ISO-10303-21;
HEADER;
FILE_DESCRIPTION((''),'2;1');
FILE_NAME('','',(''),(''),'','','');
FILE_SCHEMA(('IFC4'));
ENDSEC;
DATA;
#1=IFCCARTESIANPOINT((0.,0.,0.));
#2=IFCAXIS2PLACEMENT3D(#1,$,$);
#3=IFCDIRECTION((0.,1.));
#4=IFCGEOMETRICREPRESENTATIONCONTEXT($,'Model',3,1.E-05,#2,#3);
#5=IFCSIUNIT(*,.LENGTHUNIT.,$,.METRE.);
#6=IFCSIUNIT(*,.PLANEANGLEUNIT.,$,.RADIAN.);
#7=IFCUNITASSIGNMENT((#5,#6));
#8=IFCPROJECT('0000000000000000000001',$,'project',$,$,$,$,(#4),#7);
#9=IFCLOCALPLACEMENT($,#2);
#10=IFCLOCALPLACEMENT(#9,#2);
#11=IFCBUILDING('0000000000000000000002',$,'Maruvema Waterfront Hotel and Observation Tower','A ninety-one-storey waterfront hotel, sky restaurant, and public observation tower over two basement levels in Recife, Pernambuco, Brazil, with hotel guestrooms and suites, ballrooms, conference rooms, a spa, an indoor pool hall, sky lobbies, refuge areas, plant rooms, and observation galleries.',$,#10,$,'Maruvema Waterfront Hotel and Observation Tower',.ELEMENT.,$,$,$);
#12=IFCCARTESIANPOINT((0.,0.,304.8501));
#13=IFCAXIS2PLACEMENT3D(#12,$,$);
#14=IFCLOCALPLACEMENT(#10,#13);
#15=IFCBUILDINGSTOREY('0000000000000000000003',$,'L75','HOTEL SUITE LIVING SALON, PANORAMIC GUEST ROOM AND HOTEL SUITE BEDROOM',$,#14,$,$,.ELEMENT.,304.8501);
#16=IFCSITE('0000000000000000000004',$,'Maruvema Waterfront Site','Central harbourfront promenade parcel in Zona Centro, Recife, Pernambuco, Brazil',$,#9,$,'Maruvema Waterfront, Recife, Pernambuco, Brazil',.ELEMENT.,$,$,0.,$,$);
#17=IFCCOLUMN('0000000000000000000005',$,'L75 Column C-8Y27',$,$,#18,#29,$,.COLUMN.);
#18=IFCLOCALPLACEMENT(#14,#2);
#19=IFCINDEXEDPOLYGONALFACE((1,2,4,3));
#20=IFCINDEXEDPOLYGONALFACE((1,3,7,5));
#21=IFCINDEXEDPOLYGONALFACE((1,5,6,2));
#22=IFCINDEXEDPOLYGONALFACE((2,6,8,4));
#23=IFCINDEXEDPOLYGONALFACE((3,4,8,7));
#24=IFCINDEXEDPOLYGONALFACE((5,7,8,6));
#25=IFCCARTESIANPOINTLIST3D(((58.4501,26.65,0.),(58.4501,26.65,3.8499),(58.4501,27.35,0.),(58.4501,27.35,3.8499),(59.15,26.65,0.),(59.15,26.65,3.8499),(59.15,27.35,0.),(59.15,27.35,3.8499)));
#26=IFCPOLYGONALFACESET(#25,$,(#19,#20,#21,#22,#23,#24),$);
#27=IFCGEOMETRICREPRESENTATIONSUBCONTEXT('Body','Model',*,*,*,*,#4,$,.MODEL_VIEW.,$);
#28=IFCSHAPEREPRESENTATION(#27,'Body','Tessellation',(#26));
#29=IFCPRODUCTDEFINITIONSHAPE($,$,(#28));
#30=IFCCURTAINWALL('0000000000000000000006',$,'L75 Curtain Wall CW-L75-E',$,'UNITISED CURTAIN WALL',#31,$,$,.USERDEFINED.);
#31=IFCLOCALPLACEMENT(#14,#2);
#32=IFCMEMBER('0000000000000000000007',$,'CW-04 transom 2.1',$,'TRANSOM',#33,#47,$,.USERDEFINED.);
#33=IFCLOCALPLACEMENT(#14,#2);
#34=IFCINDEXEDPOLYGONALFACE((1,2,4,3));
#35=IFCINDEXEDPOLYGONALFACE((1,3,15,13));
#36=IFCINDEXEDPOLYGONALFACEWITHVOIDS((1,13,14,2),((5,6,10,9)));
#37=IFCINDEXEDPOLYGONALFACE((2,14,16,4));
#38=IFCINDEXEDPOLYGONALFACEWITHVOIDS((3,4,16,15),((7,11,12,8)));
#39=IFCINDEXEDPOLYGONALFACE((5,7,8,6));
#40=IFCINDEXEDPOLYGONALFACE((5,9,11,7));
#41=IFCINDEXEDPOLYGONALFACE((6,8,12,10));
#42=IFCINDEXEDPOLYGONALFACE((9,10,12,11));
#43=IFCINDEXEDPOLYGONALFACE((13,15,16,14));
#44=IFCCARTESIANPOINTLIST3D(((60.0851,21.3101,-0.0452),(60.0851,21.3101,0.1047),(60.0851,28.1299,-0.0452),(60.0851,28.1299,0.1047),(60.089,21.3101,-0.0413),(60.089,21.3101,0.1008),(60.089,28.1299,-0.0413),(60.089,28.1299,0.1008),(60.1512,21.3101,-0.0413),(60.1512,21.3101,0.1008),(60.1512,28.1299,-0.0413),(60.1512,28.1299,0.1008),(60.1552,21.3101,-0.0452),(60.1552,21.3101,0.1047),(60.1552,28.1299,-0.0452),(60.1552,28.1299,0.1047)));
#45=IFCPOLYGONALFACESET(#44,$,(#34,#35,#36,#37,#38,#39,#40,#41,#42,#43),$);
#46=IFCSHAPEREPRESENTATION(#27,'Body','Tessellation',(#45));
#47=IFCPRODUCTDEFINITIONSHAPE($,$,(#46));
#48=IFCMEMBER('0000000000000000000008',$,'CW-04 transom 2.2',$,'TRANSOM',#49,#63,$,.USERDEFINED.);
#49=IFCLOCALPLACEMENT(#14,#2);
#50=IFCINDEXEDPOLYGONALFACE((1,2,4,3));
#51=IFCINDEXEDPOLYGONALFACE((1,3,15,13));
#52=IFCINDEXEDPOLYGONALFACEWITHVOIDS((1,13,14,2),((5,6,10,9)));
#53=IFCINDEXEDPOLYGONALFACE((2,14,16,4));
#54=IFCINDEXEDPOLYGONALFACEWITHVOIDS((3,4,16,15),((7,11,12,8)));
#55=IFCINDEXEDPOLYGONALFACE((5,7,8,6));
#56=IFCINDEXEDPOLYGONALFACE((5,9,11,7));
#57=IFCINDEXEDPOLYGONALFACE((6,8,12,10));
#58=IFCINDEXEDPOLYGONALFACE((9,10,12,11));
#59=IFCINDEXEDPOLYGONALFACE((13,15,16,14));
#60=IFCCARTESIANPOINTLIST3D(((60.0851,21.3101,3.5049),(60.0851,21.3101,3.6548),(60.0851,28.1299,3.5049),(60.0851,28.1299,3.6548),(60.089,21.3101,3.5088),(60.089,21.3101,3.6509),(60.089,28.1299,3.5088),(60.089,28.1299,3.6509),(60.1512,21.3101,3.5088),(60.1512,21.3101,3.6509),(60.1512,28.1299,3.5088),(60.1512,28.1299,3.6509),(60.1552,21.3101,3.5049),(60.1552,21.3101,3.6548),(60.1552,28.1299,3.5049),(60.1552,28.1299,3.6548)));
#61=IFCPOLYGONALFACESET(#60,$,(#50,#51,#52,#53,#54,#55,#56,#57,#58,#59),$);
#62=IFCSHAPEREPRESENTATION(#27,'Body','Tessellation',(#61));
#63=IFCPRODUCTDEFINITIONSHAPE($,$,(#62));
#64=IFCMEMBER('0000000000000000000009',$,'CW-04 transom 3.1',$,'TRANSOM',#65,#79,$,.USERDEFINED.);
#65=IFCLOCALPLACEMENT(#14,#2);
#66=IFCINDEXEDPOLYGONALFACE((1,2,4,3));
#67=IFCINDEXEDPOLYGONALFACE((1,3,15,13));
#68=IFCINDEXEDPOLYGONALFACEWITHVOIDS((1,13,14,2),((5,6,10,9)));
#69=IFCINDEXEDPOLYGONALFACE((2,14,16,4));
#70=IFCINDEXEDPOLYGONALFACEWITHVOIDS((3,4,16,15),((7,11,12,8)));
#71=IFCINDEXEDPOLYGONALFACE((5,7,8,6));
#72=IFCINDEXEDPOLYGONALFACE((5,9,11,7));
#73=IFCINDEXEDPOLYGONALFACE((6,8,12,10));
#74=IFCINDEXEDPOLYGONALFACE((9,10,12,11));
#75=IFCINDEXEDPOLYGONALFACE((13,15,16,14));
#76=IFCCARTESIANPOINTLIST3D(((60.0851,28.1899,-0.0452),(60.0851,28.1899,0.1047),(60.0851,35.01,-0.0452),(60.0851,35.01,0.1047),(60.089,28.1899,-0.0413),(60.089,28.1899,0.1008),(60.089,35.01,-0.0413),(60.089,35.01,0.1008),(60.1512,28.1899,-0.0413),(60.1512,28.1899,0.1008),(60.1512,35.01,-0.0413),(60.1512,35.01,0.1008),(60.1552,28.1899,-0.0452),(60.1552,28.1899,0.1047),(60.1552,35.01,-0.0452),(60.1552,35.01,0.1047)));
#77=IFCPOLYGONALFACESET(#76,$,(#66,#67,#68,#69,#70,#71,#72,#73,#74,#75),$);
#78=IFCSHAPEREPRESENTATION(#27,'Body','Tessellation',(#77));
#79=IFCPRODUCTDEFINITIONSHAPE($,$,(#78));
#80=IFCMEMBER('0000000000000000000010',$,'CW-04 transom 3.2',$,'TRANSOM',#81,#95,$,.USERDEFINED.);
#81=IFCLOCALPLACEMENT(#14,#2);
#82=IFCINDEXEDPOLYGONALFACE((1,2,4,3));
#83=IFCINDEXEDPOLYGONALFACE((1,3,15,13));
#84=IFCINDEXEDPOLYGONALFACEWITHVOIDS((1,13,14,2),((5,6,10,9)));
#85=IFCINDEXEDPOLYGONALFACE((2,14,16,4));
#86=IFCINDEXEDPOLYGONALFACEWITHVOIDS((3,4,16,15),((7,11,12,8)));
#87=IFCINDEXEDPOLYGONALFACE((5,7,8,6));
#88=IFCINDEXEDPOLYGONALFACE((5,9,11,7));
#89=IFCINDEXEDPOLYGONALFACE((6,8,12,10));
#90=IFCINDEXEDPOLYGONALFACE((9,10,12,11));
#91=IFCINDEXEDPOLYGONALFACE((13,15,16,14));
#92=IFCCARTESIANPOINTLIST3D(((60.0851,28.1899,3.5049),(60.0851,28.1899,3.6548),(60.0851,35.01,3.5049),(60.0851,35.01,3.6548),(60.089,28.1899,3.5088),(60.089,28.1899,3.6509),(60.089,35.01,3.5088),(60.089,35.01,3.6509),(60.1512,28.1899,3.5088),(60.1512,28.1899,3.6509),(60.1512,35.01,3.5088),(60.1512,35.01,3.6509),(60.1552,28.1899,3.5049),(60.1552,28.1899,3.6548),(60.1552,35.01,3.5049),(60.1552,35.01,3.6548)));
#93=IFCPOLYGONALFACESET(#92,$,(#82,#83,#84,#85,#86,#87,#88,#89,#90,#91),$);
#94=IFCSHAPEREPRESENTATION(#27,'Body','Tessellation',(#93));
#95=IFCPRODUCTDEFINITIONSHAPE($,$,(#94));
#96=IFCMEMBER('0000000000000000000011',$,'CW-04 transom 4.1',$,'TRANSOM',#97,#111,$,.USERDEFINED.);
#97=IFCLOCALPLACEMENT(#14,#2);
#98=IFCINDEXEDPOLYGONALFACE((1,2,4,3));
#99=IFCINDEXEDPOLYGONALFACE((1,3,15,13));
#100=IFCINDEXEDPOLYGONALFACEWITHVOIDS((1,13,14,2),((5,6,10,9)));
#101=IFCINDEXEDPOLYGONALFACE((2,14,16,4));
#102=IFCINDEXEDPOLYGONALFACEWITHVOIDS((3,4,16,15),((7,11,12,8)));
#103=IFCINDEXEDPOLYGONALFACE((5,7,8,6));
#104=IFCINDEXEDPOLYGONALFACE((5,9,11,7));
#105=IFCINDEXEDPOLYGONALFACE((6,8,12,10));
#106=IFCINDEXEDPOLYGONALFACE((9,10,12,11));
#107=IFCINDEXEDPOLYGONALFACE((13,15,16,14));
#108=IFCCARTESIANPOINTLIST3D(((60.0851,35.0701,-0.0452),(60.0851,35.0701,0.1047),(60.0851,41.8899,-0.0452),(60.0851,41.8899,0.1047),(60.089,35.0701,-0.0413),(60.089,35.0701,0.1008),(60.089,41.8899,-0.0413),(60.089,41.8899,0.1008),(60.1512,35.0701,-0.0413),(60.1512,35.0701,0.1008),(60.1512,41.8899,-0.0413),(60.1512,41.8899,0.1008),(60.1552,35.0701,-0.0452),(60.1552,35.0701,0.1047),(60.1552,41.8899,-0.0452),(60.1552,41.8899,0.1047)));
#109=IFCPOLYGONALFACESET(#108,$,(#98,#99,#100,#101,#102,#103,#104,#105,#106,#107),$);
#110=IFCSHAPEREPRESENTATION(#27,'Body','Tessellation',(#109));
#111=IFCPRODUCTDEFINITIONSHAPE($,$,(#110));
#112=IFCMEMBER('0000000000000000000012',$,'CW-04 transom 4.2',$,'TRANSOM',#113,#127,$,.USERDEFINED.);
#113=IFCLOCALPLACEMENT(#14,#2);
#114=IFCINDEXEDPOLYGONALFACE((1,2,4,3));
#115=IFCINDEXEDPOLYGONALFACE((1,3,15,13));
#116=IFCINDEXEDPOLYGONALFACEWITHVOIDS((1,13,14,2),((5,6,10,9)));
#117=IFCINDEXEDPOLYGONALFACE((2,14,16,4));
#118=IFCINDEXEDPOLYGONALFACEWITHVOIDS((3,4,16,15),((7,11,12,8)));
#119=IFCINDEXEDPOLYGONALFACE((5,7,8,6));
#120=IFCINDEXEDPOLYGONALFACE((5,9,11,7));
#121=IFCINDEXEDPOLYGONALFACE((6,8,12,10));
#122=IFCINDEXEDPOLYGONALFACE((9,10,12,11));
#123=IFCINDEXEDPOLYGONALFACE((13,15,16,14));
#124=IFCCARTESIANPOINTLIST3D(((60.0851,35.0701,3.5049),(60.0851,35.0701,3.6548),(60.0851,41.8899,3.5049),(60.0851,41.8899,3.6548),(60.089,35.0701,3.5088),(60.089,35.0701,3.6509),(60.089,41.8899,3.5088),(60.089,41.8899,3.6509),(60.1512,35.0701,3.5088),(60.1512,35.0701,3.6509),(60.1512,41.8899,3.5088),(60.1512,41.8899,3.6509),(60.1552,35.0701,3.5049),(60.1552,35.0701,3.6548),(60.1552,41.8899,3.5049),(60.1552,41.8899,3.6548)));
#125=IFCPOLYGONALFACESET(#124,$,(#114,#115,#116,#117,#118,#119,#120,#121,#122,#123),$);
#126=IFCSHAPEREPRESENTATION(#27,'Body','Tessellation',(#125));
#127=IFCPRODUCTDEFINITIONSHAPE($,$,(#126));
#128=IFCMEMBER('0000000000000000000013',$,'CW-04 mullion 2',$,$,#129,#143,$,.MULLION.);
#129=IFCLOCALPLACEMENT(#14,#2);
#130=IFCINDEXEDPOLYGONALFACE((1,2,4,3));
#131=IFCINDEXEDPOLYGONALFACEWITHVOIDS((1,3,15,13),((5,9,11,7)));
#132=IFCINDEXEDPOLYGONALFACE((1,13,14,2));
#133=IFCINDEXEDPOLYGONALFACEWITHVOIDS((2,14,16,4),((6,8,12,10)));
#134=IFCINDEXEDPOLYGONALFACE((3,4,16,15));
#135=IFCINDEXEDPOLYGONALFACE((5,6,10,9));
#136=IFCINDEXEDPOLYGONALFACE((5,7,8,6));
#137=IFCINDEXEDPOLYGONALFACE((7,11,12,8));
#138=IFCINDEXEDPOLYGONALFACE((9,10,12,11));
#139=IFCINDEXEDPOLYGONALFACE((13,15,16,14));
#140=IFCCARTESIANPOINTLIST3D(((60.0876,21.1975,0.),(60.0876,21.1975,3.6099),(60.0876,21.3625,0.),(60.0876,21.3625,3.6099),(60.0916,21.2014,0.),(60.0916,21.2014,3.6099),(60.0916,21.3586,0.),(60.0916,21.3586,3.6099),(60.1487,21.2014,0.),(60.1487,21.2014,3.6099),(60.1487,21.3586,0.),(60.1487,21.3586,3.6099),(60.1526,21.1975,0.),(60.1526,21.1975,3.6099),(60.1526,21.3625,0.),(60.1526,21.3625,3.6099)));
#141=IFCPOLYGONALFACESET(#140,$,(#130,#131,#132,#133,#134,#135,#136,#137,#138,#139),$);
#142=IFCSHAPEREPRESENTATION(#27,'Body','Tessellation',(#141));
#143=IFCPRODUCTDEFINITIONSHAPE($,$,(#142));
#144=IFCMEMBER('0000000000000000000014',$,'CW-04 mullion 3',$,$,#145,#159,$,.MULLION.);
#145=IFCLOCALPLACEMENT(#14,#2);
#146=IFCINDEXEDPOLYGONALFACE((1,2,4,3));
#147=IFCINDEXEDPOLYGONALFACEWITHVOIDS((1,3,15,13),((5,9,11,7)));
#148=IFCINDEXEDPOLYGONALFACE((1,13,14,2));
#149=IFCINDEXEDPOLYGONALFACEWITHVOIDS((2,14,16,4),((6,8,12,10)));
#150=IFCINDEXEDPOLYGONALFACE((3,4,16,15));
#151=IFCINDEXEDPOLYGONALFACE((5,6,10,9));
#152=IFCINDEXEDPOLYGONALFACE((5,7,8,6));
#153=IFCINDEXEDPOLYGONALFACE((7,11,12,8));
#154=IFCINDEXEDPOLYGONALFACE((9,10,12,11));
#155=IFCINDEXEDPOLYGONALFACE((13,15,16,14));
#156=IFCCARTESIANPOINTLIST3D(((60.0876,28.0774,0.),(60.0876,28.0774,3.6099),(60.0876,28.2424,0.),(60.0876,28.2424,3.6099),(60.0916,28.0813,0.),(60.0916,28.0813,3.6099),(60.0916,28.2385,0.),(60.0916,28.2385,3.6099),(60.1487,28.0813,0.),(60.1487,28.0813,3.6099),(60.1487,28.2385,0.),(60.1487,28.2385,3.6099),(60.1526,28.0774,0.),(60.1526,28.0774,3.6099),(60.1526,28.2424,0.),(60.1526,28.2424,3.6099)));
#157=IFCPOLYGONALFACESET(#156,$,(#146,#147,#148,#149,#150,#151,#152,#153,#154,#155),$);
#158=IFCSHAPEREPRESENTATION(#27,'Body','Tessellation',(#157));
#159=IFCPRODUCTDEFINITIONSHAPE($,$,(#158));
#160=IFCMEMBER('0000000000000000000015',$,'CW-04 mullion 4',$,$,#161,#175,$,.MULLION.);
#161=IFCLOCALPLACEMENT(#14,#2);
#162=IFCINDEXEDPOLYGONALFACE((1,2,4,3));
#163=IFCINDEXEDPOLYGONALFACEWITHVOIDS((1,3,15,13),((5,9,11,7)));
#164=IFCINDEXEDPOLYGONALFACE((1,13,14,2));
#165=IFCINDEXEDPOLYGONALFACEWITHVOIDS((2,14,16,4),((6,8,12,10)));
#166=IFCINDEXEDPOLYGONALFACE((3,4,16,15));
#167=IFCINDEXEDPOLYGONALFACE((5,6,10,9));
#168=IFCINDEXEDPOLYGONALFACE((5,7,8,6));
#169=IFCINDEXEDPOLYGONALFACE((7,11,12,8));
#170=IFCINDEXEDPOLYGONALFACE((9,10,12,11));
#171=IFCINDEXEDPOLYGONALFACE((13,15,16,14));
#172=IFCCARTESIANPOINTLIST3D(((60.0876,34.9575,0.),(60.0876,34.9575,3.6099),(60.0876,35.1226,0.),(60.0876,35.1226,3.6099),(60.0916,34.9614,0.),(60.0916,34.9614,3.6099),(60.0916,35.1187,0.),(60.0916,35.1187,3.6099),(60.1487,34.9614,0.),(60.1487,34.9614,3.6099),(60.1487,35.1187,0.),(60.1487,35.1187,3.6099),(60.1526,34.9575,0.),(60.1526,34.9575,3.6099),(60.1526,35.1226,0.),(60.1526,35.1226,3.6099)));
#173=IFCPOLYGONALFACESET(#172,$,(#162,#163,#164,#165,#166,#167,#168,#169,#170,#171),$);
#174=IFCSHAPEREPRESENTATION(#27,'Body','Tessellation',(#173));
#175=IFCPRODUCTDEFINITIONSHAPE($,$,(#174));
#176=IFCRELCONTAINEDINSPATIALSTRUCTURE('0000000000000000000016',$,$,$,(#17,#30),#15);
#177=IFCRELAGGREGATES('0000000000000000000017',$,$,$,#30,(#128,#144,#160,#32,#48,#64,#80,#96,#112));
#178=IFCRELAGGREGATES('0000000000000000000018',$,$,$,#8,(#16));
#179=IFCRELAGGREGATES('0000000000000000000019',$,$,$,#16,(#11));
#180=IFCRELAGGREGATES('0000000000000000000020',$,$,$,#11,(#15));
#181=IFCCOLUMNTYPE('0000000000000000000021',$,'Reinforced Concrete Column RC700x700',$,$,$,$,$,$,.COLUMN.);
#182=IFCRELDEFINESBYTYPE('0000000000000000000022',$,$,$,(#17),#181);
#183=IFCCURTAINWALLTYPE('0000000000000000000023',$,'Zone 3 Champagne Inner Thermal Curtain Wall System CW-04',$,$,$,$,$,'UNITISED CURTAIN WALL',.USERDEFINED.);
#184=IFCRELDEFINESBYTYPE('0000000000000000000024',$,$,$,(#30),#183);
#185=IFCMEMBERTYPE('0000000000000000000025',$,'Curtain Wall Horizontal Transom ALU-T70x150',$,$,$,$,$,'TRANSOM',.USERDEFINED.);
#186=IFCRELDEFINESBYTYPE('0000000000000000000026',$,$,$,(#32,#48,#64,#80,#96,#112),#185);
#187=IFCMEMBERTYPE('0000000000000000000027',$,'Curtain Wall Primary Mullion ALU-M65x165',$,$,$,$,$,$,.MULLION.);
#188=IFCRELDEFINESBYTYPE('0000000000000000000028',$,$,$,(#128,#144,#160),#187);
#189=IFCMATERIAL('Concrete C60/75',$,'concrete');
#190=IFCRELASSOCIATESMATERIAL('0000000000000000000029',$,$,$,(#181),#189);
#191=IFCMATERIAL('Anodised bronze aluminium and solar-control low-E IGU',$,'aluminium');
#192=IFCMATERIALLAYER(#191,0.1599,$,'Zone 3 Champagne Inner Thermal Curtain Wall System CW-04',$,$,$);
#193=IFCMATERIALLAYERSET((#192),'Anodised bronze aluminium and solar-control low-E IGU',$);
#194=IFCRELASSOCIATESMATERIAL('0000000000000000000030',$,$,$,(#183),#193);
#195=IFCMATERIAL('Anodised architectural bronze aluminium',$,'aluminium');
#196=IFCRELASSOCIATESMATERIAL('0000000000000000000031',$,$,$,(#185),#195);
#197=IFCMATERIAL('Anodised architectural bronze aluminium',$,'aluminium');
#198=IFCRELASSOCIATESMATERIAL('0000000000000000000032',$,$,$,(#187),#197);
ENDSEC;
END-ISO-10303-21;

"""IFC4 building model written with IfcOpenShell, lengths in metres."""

from ifc_helpers import new_model, si_unit, direction, frame, origin, origin_2d, place, context, subcontext, project, spatial, rectangle, hollow_rectangle, extrude, material, layer, layer_set, material_profile, profile_set, type_object, element, aggregate, save


model = new_model("IFC4")

# Units and contexts
model_context = context("Model", 3, precision=1e-05, world=origin(), true_north=direction((0.0, 1.0)))
body_context = subcontext(model_context, "Body", "Model", "MODEL_VIEW")
ifc_project = project(units=[si_unit("LENGTHUNIT", "METRE"), si_unit("PLANEANGLEUNIT", "RADIAN")], contexts=[model_context])

# Site, building, storey
site_placement = place(None, origin())
site = spatial("IfcSite", under=ifc_project, at=site_placement, Name="Maruvema Waterfront Site", Description="Central harbourfront promenade parcel in Zona Centro, Recife, Pernambuco, Brazil", LongName="Maruvema Waterfront, Recife, Pernambuco, Brazil", CompositionType="ELEMENT", RefElevation=0.0)
building_placement = place(site_placement, origin())
building = spatial("IfcBuilding", under=site, at=building_placement, Name="Maruvema Waterfront Hotel and Observation Tower", Description="A ninety-one-storey waterfront hotel, sky restaurant, and public observation tower over two basement levels in Recife, Pernambuco, Brazil, with hotel guestrooms and suites, ballrooms, conference rooms, a spa, an indoor pool hall, sky lobbies, refuge areas, plant rooms, and observation galleries.", LongName="Maruvema Waterfront Hotel and Observation Tower", CompositionType="ELEMENT")
storey_placement = place(building_placement, frame((0.0, 0.0, 304.8501)))
storey = spatial("IfcBuildingStorey", under=building, at=storey_placement, Name="L75", Description="HOTEL SUITE LIVING SALON, PANORAMIC GUEST ROOM AND HOTEL SUITE BEDROOM", CompositionType="ELEMENT", Elevation=304.8501)

# Column
ifc_material_1 = material(Name="Concrete C60/75", Category="concrete")
ifc_material_profile_1 = material_profile(ifc_material_1, rectangle(XDim=0.7, YDim=0.7, at=origin_2d()), Name="RC700x700")
ifc_profile_set_1 = profile_set([ifc_material_profile_1], Name="Concrete C60/75")
column_type = type_object("IfcColumnType", Name="Reinforced Concrete Column RC700x700", PredefinedType="COLUMN", material=ifc_profile_set_1)
column_placement = place(storey_placement, frame((58.8, 27.0, 0.0), z_axis=(0.0, 0.0, 1.0), x_axis=(1.0, 0.0, 0.0)))
element("IfcColumn", 1, at=column_placement, inside=storey, type_object=column_type, Name="L75 Column C-8Y27", PredefinedType="COLUMN", context=body_context, shape_type="SweptSolid", body=[
    extrude(rectangle(XDim=0.7, YDim=0.7, at=origin_2d()), origin(), (0.0, 0.0, 1.0), 3.8499),
])

# Curtain wall, members
ifc_material_2 = material(Name="Anodised bronze aluminium and solar-control low-E IGU", Category="aluminium")
ifc_layer_1 = layer(ifc_material_2, 0.1599, Name="Zone 3 Champagne Inner Thermal Curtain Wall System CW-04")
ifc_layer_set_1 = layer_set([ifc_layer_1], Name="Anodised bronze aluminium and solar-control low-E IGU")
curtain_wall_type = type_object("IfcCurtainWallType", Name="Zone 3 Champagne Inner Thermal Curtain Wall System CW-04", ElementType="UNITISED CURTAIN WALL", PredefinedType="USERDEFINED", material=ifc_layer_set_1)
curtain_wall_placement = place(storey_placement, origin())
curtain_wall = element("IfcCurtainWall", 2, at=curtain_wall_placement, inside=storey, type_object=curtain_wall_type, Name="L75 Curtain Wall CW-L75-E", ObjectType="UNITISED CURTAIN WALL", PredefinedType="USERDEFINED")
ifc_material_3 = material(Name="Anodised architectural bronze aluminium", Category="aluminium")
ifc_material_profile_2 = material_profile(ifc_material_3, hollow_rectangle(XDim=0.0701, YDim=0.1499, WallThickness=0.0039, at=origin_2d()), Name="ALU-T70x150")
ifc_profile_set_2 = profile_set([ifc_material_profile_2], Name="Anodised architectural bronze aluminium")
member_type_1 = type_object("IfcMemberType", Name="Curtain Wall Horizontal Transom ALU-T70x150", ElementType="TRANSOM", PredefinedType="USERDEFINED", material=ifc_profile_set_2)
member_1_placement = place(storey_placement, frame((60.1201, 21.3101, 0.0298), z_axis=(0.0, 1.0, 0.0), x_axis=(-1.0, 0.0, 0.0)))
member_1 = element("IfcMember", 3, at=member_1_placement, type_object=member_type_1, Name="CW-04 transom 2.1", ObjectType="TRANSOM", PredefinedType="USERDEFINED", context=body_context, shape_type="SweptSolid", body=[
    extrude(hollow_rectangle(XDim=0.0701, YDim=0.1499, WallThickness=0.0039, at=origin_2d()), origin(), (0.0, 0.0, 1.0), 6.8198),
])
member_2_placement = place(storey_placement, frame((60.1201, 21.3101, 3.5798), z_axis=(0.0, 1.0, 0.0), x_axis=(-1.0, 0.0, 0.0)))
member_2 = element("IfcMember", 4, at=member_2_placement, type_object=member_type_1, Name="CW-04 transom 2.2", ObjectType="TRANSOM", PredefinedType="USERDEFINED", context=body_context, shape_type="SweptSolid", body=[
    extrude(hollow_rectangle(XDim=0.0701, YDim=0.1499, WallThickness=0.0039, at=origin_2d()), origin(), (0.0, 0.0, 1.0), 6.8198),
])
member_3_placement = place(storey_placement, frame((60.1201, 28.1899, 0.0298), z_axis=(0.0, 1.0, 0.0), x_axis=(-1.0, 0.0, 0.0)))
member_3 = element("IfcMember", 5, at=member_3_placement, type_object=member_type_1, Name="CW-04 transom 3.1", ObjectType="TRANSOM", PredefinedType="USERDEFINED", context=body_context, shape_type="SweptSolid", body=[
    extrude(hollow_rectangle(XDim=0.0701, YDim=0.1499, WallThickness=0.0039, at=origin_2d()), origin(), (0.0, 0.0, 1.0), 6.8201),
])
member_4_placement = place(storey_placement, frame((60.1201, 28.1899, 3.5798), z_axis=(0.0, 1.0, 0.0), x_axis=(-1.0, 0.0, 0.0)))
member_4 = element("IfcMember", 6, at=member_4_placement, type_object=member_type_1, Name="CW-04 transom 3.2", ObjectType="TRANSOM", PredefinedType="USERDEFINED", context=body_context, shape_type="SweptSolid", body=[
    extrude(hollow_rectangle(XDim=0.0701, YDim=0.1499, WallThickness=0.0039, at=origin_2d()), origin(), (0.0, 0.0, 1.0), 6.8201),
])
member_5_placement = place(storey_placement, frame((60.1201, 35.0701, 0.0298), z_axis=(0.0, 1.0, 0.0), x_axis=(-1.0, 0.0, 0.0)))
member_5 = element("IfcMember", 7, at=member_5_placement, type_object=member_type_1, Name="CW-04 transom 4.1", ObjectType="TRANSOM", PredefinedType="USERDEFINED", context=body_context, shape_type="SweptSolid", body=[
    extrude(hollow_rectangle(XDim=0.0701, YDim=0.1499, WallThickness=0.0039, at=origin_2d()), origin(), (0.0, 0.0, 1.0), 6.8198),
])
member_6_placement = place(storey_placement, frame((60.1201, 35.0701, 3.5798), z_axis=(0.0, 1.0, 0.0), x_axis=(-1.0, 0.0, 0.0)))
member_6 = element("IfcMember", 8, at=member_6_placement, type_object=member_type_1, Name="CW-04 transom 4.2", ObjectType="TRANSOM", PredefinedType="USERDEFINED", context=body_context, shape_type="SweptSolid", body=[
    extrude(hollow_rectangle(XDim=0.0701, YDim=0.1499, WallThickness=0.0039, at=origin_2d()), origin(), (0.0, 0.0, 1.0), 6.8198),
])
ifc_material_4 = material(Name="Anodised architectural bronze aluminium", Category="aluminium")
ifc_material_profile_3 = material_profile(ifc_material_4, hollow_rectangle(XDim=0.0649, YDim=0.165, WallThickness=0.0039, at=origin_2d()), Name="ALU-M65x165")
ifc_profile_set_3 = profile_set([ifc_material_profile_3], Name="Anodised architectural bronze aluminium")
member_type_2 = type_object("IfcMemberType", Name="Curtain Wall Primary Mullion ALU-M65x165", PredefinedType="MULLION", material=ifc_profile_set_3)
member_7_placement = place(storey_placement, frame((60.1201, 21.28, 0.0), z_axis=(0.0, 0.0, 1.0), x_axis=(-1.0, 0.0, 0.0)))
member_7 = element("IfcMember", 9, at=member_7_placement, type_object=member_type_2, Name="CW-04 mullion 2", PredefinedType="MULLION", context=body_context, shape_type="SweptSolid", body=[
    extrude(hollow_rectangle(XDim=0.0649, YDim=0.165, WallThickness=0.0039, at=origin_2d()), origin(), (0.0, 0.0, 1.0), 3.6099),
])
member_8_placement = place(storey_placement, frame((60.1201, 28.1599, 0.0), z_axis=(0.0, 0.0, 1.0), x_axis=(-1.0, 0.0, 0.0)))
member_8 = element("IfcMember", 10, at=member_8_placement, type_object=member_type_2, Name="CW-04 mullion 3", PredefinedType="MULLION", context=body_context, shape_type="SweptSolid", body=[
    extrude(hollow_rectangle(XDim=0.0649, YDim=0.165, WallThickness=0.0039, at=origin_2d()), origin(), (0.0, 0.0, 1.0), 3.6099),
])
member_9_placement = place(storey_placement, frame((60.1201, 35.04, 0.0), z_axis=(0.0, 0.0, 1.0), x_axis=(-1.0, 0.0, 0.0)))
member_9 = element("IfcMember", 11, at=member_9_placement, type_object=member_type_2, Name="CW-04 mullion 4", PredefinedType="MULLION", context=body_context, shape_type="SweptSolid", body=[
    extrude(hollow_rectangle(XDim=0.0649, YDim=0.165, WallThickness=0.0039, at=origin_2d()), origin(), (0.0, 0.0, 1.0), 3.6099),
])

aggregate(curtain_wall, [member_7, member_8, member_9, member_1, member_2, member_3, member_4, member_5, member_6])

save(model, "model.ifc")
